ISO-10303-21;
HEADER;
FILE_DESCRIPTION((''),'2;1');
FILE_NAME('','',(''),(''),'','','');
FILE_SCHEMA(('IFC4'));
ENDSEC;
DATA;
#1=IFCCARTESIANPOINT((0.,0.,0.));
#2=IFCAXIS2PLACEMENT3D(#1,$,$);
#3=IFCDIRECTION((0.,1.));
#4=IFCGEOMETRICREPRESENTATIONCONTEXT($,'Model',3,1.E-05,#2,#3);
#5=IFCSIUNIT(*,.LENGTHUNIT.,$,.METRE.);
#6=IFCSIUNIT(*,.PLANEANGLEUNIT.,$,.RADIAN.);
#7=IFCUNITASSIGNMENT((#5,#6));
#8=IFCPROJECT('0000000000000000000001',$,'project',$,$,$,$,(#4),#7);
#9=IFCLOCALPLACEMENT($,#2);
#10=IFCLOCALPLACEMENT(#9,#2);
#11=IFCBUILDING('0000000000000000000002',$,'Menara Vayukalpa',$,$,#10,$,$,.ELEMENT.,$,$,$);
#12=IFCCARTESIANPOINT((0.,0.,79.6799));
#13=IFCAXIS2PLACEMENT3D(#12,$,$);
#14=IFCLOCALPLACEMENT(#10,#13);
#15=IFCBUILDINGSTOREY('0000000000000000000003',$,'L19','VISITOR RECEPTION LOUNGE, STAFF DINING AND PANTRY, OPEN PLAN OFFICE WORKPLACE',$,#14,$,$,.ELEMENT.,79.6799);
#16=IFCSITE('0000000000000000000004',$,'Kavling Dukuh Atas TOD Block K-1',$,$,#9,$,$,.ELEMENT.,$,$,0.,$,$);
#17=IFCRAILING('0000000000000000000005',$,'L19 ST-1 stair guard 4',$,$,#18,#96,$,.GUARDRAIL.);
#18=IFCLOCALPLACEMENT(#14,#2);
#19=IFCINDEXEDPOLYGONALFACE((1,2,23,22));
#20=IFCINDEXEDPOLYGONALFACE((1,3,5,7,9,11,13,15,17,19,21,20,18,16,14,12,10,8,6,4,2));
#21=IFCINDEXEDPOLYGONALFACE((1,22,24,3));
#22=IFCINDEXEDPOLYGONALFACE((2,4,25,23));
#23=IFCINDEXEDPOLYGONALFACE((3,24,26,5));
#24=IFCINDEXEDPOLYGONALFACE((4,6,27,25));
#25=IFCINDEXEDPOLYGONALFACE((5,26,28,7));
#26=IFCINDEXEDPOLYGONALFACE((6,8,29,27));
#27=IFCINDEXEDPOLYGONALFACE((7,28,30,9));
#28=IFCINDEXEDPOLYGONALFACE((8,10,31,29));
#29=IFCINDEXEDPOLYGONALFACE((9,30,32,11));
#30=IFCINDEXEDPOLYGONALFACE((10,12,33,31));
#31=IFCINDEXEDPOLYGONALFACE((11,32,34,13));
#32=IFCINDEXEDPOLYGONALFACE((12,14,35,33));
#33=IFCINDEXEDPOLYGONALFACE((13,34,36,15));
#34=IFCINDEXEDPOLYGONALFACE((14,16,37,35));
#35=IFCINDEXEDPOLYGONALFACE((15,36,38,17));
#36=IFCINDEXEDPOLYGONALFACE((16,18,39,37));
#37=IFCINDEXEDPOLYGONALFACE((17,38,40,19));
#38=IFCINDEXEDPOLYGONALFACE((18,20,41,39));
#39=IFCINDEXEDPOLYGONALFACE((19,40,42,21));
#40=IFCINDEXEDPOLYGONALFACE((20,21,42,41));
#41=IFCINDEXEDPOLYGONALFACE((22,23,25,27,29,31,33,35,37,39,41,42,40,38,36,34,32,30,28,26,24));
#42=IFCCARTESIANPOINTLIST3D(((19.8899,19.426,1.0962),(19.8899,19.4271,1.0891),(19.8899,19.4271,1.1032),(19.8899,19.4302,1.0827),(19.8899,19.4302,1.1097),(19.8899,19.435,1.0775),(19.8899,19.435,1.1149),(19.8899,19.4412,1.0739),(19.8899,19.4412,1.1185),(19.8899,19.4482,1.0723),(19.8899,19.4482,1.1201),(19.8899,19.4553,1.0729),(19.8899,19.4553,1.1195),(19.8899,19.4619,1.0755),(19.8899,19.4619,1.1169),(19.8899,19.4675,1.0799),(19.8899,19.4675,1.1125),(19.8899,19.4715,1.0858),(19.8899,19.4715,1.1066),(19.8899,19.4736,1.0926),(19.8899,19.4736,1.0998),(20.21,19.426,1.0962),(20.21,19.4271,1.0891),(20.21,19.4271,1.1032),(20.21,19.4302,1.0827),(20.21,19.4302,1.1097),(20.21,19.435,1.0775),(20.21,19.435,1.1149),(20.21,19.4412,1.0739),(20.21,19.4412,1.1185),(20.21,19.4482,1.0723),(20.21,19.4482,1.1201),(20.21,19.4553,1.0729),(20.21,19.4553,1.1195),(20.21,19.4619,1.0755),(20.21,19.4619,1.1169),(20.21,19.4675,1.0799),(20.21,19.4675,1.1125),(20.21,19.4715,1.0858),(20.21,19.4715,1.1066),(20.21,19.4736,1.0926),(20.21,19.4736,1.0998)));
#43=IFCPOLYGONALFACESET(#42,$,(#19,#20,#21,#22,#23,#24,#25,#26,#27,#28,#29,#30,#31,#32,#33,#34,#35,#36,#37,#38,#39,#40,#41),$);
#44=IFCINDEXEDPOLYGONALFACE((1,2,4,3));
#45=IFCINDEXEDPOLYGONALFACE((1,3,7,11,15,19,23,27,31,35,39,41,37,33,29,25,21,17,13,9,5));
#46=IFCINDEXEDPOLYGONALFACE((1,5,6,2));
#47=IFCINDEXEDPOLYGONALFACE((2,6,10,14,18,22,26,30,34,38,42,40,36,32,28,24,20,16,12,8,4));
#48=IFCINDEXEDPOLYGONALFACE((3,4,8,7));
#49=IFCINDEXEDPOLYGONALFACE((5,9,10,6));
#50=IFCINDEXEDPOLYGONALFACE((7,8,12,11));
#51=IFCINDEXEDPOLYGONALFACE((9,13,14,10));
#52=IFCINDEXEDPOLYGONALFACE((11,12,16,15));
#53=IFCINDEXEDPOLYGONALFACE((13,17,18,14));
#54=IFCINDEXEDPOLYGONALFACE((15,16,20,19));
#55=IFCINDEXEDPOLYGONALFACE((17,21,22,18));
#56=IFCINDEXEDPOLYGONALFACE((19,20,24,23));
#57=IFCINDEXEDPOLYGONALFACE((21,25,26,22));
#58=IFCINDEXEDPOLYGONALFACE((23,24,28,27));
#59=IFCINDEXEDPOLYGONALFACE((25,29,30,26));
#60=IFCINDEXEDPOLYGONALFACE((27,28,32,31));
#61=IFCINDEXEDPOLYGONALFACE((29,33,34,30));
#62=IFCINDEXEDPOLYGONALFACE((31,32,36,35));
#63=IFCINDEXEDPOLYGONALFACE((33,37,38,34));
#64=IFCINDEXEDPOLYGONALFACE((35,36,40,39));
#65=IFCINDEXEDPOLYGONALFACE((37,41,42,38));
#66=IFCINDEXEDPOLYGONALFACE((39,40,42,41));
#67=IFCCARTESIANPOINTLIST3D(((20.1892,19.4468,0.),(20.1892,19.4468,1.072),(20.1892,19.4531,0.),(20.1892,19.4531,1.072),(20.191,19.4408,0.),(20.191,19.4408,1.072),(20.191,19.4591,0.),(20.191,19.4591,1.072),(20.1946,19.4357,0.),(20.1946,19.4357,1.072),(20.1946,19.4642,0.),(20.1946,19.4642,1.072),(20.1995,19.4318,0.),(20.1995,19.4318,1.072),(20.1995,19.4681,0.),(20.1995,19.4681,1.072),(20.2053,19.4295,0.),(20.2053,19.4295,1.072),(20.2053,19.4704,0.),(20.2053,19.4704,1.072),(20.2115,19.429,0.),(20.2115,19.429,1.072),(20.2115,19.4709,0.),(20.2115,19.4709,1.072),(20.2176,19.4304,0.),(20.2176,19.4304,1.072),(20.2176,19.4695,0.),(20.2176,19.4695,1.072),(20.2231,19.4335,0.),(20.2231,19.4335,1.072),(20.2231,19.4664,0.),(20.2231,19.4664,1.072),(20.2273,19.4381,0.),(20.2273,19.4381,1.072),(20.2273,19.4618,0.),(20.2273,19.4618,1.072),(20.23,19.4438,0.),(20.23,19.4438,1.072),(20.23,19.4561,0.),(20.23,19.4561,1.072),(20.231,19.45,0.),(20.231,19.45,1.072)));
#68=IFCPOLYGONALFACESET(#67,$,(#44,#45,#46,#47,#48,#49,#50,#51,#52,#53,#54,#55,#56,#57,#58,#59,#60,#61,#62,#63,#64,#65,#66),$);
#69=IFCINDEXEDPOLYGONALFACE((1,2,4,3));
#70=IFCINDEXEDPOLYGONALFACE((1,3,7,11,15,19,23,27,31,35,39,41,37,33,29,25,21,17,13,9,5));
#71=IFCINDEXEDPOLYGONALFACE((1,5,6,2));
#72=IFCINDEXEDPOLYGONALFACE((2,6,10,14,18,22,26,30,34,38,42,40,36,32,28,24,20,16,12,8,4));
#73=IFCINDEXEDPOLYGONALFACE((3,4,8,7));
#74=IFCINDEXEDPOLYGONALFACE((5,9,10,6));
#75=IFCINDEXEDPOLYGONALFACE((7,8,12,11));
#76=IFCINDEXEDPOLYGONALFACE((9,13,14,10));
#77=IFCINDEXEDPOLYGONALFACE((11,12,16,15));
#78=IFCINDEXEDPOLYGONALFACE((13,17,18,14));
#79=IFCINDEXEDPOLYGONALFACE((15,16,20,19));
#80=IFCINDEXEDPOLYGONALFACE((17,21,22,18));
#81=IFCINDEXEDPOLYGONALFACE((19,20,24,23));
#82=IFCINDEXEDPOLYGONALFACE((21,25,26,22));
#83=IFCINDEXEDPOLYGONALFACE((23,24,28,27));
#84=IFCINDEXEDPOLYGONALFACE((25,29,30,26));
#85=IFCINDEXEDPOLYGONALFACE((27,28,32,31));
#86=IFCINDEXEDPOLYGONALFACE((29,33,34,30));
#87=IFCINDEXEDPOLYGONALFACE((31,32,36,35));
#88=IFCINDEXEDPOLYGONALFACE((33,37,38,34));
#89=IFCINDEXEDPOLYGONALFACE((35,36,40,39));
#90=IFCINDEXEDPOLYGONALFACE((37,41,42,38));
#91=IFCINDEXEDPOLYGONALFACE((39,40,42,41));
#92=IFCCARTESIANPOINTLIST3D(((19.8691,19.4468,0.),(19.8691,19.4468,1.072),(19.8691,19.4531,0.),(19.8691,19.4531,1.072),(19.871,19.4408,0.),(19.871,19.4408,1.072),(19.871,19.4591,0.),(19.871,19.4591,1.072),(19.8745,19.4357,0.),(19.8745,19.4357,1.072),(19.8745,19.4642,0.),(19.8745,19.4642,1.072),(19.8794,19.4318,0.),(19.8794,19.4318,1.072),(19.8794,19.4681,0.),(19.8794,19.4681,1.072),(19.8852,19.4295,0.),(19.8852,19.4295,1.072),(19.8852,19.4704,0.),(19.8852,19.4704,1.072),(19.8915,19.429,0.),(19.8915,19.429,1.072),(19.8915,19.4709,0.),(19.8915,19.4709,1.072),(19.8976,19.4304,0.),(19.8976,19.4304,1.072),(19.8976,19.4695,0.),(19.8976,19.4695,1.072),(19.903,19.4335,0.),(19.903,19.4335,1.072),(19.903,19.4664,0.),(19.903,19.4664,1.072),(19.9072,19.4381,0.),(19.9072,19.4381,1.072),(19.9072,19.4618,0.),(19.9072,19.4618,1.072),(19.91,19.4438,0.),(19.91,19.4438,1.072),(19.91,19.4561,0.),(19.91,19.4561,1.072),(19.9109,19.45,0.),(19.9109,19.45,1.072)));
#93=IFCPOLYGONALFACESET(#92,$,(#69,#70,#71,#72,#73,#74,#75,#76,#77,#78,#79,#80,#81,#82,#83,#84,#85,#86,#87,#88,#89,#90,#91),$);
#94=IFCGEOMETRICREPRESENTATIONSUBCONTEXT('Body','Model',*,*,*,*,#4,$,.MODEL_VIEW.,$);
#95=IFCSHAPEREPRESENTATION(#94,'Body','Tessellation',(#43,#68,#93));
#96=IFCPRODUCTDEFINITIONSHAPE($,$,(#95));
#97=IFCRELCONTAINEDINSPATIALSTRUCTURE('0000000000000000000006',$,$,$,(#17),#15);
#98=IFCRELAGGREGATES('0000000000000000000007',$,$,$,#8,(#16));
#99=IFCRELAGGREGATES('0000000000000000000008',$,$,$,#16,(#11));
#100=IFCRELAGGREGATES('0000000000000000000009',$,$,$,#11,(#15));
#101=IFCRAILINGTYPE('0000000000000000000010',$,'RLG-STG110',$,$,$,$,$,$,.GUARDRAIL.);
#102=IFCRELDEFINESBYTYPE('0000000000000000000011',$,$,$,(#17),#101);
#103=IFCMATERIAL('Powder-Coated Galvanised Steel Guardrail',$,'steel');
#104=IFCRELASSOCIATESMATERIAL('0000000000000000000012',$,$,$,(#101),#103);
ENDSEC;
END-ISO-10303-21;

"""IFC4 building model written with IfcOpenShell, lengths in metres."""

from ifc_helpers import new_model, si_unit, direction, frame, origin, origin_2d, place, context, subcontext, project, spatial, circle, extrude, material, type_object, element, save


model = new_model("IFC4")

# Units and contexts
model_context = context("Model", 3, precision=1e-05, world=origin(), true_north=direction((0.0, 1.0)))
body_context = subcontext(model_context, "Body", "Model", "MODEL_VIEW")
ifc_project = project(units=[si_unit("LENGTHUNIT", "METRE"), si_unit("PLANEANGLEUNIT", "RADIAN")], contexts=[model_context])

# Site, building, storey
site_placement = place(None, origin())
site = spatial("IfcSite", under=ifc_project, at=site_placement, Name="Kavling Dukuh Atas TOD Block K-1", CompositionType="ELEMENT", RefElevation=0.0)
building_placement = place(site_placement, origin())
building = spatial("IfcBuilding", under=site, at=building_placement, Name="Menara Vayukalpa", CompositionType="ELEMENT")
storey_placement = place(building_placement, frame((0.0, 0.0, 79.6799)))
storey = spatial("IfcBuildingStorey", under=building, at=storey_placement, Name="L19", Description="VISITOR RECEPTION LOUNGE, STAFF DINING AND PANTRY, OPEN PLAN OFFICE WORKPLACE", CompositionType="ELEMENT", Elevation=79.6799)

# Railing
ifc_material_1 = material(Name="Powder-Coated Galvanised Steel Guardrail", Category="steel")
railing_type_1 = type_object("IfcRailingType", Name="RLG-STG110", PredefinedType="GUARDRAIL", material=ifc_material_1)
railing_1_placement = place(storey_placement, frame((20.21, 19.45, 0.0)))
element("IfcRailing", 1, at=railing_1_placement, inside=storey, type_object=railing_type_1, Name="L19 ST-1 stair guard 4", PredefinedType="GUARDRAIL", context=body_context, shape_type="SweptSolid", body=[
    extrude(circle(Radius=0.0239, at=origin_2d()), frame((0.0, 0.0, 1.0962), z_axis=(-1.0, 0.0, 0.0), x_axis=(0.0, -1.0, 0.0)), (0.0, 0.0, 1.0), 0.3201),
    extrude(circle(Radius=0.021, at=origin_2d()), origin(), (0.0, 0.0, 1.0), 1.072),
    extrude(circle(Radius=0.021, at=origin_2d()), frame((-0.3201, 0.0, 0.0)), (0.0, 0.0, 1.0), 1.072),
])

save(model, "model.ifc")
